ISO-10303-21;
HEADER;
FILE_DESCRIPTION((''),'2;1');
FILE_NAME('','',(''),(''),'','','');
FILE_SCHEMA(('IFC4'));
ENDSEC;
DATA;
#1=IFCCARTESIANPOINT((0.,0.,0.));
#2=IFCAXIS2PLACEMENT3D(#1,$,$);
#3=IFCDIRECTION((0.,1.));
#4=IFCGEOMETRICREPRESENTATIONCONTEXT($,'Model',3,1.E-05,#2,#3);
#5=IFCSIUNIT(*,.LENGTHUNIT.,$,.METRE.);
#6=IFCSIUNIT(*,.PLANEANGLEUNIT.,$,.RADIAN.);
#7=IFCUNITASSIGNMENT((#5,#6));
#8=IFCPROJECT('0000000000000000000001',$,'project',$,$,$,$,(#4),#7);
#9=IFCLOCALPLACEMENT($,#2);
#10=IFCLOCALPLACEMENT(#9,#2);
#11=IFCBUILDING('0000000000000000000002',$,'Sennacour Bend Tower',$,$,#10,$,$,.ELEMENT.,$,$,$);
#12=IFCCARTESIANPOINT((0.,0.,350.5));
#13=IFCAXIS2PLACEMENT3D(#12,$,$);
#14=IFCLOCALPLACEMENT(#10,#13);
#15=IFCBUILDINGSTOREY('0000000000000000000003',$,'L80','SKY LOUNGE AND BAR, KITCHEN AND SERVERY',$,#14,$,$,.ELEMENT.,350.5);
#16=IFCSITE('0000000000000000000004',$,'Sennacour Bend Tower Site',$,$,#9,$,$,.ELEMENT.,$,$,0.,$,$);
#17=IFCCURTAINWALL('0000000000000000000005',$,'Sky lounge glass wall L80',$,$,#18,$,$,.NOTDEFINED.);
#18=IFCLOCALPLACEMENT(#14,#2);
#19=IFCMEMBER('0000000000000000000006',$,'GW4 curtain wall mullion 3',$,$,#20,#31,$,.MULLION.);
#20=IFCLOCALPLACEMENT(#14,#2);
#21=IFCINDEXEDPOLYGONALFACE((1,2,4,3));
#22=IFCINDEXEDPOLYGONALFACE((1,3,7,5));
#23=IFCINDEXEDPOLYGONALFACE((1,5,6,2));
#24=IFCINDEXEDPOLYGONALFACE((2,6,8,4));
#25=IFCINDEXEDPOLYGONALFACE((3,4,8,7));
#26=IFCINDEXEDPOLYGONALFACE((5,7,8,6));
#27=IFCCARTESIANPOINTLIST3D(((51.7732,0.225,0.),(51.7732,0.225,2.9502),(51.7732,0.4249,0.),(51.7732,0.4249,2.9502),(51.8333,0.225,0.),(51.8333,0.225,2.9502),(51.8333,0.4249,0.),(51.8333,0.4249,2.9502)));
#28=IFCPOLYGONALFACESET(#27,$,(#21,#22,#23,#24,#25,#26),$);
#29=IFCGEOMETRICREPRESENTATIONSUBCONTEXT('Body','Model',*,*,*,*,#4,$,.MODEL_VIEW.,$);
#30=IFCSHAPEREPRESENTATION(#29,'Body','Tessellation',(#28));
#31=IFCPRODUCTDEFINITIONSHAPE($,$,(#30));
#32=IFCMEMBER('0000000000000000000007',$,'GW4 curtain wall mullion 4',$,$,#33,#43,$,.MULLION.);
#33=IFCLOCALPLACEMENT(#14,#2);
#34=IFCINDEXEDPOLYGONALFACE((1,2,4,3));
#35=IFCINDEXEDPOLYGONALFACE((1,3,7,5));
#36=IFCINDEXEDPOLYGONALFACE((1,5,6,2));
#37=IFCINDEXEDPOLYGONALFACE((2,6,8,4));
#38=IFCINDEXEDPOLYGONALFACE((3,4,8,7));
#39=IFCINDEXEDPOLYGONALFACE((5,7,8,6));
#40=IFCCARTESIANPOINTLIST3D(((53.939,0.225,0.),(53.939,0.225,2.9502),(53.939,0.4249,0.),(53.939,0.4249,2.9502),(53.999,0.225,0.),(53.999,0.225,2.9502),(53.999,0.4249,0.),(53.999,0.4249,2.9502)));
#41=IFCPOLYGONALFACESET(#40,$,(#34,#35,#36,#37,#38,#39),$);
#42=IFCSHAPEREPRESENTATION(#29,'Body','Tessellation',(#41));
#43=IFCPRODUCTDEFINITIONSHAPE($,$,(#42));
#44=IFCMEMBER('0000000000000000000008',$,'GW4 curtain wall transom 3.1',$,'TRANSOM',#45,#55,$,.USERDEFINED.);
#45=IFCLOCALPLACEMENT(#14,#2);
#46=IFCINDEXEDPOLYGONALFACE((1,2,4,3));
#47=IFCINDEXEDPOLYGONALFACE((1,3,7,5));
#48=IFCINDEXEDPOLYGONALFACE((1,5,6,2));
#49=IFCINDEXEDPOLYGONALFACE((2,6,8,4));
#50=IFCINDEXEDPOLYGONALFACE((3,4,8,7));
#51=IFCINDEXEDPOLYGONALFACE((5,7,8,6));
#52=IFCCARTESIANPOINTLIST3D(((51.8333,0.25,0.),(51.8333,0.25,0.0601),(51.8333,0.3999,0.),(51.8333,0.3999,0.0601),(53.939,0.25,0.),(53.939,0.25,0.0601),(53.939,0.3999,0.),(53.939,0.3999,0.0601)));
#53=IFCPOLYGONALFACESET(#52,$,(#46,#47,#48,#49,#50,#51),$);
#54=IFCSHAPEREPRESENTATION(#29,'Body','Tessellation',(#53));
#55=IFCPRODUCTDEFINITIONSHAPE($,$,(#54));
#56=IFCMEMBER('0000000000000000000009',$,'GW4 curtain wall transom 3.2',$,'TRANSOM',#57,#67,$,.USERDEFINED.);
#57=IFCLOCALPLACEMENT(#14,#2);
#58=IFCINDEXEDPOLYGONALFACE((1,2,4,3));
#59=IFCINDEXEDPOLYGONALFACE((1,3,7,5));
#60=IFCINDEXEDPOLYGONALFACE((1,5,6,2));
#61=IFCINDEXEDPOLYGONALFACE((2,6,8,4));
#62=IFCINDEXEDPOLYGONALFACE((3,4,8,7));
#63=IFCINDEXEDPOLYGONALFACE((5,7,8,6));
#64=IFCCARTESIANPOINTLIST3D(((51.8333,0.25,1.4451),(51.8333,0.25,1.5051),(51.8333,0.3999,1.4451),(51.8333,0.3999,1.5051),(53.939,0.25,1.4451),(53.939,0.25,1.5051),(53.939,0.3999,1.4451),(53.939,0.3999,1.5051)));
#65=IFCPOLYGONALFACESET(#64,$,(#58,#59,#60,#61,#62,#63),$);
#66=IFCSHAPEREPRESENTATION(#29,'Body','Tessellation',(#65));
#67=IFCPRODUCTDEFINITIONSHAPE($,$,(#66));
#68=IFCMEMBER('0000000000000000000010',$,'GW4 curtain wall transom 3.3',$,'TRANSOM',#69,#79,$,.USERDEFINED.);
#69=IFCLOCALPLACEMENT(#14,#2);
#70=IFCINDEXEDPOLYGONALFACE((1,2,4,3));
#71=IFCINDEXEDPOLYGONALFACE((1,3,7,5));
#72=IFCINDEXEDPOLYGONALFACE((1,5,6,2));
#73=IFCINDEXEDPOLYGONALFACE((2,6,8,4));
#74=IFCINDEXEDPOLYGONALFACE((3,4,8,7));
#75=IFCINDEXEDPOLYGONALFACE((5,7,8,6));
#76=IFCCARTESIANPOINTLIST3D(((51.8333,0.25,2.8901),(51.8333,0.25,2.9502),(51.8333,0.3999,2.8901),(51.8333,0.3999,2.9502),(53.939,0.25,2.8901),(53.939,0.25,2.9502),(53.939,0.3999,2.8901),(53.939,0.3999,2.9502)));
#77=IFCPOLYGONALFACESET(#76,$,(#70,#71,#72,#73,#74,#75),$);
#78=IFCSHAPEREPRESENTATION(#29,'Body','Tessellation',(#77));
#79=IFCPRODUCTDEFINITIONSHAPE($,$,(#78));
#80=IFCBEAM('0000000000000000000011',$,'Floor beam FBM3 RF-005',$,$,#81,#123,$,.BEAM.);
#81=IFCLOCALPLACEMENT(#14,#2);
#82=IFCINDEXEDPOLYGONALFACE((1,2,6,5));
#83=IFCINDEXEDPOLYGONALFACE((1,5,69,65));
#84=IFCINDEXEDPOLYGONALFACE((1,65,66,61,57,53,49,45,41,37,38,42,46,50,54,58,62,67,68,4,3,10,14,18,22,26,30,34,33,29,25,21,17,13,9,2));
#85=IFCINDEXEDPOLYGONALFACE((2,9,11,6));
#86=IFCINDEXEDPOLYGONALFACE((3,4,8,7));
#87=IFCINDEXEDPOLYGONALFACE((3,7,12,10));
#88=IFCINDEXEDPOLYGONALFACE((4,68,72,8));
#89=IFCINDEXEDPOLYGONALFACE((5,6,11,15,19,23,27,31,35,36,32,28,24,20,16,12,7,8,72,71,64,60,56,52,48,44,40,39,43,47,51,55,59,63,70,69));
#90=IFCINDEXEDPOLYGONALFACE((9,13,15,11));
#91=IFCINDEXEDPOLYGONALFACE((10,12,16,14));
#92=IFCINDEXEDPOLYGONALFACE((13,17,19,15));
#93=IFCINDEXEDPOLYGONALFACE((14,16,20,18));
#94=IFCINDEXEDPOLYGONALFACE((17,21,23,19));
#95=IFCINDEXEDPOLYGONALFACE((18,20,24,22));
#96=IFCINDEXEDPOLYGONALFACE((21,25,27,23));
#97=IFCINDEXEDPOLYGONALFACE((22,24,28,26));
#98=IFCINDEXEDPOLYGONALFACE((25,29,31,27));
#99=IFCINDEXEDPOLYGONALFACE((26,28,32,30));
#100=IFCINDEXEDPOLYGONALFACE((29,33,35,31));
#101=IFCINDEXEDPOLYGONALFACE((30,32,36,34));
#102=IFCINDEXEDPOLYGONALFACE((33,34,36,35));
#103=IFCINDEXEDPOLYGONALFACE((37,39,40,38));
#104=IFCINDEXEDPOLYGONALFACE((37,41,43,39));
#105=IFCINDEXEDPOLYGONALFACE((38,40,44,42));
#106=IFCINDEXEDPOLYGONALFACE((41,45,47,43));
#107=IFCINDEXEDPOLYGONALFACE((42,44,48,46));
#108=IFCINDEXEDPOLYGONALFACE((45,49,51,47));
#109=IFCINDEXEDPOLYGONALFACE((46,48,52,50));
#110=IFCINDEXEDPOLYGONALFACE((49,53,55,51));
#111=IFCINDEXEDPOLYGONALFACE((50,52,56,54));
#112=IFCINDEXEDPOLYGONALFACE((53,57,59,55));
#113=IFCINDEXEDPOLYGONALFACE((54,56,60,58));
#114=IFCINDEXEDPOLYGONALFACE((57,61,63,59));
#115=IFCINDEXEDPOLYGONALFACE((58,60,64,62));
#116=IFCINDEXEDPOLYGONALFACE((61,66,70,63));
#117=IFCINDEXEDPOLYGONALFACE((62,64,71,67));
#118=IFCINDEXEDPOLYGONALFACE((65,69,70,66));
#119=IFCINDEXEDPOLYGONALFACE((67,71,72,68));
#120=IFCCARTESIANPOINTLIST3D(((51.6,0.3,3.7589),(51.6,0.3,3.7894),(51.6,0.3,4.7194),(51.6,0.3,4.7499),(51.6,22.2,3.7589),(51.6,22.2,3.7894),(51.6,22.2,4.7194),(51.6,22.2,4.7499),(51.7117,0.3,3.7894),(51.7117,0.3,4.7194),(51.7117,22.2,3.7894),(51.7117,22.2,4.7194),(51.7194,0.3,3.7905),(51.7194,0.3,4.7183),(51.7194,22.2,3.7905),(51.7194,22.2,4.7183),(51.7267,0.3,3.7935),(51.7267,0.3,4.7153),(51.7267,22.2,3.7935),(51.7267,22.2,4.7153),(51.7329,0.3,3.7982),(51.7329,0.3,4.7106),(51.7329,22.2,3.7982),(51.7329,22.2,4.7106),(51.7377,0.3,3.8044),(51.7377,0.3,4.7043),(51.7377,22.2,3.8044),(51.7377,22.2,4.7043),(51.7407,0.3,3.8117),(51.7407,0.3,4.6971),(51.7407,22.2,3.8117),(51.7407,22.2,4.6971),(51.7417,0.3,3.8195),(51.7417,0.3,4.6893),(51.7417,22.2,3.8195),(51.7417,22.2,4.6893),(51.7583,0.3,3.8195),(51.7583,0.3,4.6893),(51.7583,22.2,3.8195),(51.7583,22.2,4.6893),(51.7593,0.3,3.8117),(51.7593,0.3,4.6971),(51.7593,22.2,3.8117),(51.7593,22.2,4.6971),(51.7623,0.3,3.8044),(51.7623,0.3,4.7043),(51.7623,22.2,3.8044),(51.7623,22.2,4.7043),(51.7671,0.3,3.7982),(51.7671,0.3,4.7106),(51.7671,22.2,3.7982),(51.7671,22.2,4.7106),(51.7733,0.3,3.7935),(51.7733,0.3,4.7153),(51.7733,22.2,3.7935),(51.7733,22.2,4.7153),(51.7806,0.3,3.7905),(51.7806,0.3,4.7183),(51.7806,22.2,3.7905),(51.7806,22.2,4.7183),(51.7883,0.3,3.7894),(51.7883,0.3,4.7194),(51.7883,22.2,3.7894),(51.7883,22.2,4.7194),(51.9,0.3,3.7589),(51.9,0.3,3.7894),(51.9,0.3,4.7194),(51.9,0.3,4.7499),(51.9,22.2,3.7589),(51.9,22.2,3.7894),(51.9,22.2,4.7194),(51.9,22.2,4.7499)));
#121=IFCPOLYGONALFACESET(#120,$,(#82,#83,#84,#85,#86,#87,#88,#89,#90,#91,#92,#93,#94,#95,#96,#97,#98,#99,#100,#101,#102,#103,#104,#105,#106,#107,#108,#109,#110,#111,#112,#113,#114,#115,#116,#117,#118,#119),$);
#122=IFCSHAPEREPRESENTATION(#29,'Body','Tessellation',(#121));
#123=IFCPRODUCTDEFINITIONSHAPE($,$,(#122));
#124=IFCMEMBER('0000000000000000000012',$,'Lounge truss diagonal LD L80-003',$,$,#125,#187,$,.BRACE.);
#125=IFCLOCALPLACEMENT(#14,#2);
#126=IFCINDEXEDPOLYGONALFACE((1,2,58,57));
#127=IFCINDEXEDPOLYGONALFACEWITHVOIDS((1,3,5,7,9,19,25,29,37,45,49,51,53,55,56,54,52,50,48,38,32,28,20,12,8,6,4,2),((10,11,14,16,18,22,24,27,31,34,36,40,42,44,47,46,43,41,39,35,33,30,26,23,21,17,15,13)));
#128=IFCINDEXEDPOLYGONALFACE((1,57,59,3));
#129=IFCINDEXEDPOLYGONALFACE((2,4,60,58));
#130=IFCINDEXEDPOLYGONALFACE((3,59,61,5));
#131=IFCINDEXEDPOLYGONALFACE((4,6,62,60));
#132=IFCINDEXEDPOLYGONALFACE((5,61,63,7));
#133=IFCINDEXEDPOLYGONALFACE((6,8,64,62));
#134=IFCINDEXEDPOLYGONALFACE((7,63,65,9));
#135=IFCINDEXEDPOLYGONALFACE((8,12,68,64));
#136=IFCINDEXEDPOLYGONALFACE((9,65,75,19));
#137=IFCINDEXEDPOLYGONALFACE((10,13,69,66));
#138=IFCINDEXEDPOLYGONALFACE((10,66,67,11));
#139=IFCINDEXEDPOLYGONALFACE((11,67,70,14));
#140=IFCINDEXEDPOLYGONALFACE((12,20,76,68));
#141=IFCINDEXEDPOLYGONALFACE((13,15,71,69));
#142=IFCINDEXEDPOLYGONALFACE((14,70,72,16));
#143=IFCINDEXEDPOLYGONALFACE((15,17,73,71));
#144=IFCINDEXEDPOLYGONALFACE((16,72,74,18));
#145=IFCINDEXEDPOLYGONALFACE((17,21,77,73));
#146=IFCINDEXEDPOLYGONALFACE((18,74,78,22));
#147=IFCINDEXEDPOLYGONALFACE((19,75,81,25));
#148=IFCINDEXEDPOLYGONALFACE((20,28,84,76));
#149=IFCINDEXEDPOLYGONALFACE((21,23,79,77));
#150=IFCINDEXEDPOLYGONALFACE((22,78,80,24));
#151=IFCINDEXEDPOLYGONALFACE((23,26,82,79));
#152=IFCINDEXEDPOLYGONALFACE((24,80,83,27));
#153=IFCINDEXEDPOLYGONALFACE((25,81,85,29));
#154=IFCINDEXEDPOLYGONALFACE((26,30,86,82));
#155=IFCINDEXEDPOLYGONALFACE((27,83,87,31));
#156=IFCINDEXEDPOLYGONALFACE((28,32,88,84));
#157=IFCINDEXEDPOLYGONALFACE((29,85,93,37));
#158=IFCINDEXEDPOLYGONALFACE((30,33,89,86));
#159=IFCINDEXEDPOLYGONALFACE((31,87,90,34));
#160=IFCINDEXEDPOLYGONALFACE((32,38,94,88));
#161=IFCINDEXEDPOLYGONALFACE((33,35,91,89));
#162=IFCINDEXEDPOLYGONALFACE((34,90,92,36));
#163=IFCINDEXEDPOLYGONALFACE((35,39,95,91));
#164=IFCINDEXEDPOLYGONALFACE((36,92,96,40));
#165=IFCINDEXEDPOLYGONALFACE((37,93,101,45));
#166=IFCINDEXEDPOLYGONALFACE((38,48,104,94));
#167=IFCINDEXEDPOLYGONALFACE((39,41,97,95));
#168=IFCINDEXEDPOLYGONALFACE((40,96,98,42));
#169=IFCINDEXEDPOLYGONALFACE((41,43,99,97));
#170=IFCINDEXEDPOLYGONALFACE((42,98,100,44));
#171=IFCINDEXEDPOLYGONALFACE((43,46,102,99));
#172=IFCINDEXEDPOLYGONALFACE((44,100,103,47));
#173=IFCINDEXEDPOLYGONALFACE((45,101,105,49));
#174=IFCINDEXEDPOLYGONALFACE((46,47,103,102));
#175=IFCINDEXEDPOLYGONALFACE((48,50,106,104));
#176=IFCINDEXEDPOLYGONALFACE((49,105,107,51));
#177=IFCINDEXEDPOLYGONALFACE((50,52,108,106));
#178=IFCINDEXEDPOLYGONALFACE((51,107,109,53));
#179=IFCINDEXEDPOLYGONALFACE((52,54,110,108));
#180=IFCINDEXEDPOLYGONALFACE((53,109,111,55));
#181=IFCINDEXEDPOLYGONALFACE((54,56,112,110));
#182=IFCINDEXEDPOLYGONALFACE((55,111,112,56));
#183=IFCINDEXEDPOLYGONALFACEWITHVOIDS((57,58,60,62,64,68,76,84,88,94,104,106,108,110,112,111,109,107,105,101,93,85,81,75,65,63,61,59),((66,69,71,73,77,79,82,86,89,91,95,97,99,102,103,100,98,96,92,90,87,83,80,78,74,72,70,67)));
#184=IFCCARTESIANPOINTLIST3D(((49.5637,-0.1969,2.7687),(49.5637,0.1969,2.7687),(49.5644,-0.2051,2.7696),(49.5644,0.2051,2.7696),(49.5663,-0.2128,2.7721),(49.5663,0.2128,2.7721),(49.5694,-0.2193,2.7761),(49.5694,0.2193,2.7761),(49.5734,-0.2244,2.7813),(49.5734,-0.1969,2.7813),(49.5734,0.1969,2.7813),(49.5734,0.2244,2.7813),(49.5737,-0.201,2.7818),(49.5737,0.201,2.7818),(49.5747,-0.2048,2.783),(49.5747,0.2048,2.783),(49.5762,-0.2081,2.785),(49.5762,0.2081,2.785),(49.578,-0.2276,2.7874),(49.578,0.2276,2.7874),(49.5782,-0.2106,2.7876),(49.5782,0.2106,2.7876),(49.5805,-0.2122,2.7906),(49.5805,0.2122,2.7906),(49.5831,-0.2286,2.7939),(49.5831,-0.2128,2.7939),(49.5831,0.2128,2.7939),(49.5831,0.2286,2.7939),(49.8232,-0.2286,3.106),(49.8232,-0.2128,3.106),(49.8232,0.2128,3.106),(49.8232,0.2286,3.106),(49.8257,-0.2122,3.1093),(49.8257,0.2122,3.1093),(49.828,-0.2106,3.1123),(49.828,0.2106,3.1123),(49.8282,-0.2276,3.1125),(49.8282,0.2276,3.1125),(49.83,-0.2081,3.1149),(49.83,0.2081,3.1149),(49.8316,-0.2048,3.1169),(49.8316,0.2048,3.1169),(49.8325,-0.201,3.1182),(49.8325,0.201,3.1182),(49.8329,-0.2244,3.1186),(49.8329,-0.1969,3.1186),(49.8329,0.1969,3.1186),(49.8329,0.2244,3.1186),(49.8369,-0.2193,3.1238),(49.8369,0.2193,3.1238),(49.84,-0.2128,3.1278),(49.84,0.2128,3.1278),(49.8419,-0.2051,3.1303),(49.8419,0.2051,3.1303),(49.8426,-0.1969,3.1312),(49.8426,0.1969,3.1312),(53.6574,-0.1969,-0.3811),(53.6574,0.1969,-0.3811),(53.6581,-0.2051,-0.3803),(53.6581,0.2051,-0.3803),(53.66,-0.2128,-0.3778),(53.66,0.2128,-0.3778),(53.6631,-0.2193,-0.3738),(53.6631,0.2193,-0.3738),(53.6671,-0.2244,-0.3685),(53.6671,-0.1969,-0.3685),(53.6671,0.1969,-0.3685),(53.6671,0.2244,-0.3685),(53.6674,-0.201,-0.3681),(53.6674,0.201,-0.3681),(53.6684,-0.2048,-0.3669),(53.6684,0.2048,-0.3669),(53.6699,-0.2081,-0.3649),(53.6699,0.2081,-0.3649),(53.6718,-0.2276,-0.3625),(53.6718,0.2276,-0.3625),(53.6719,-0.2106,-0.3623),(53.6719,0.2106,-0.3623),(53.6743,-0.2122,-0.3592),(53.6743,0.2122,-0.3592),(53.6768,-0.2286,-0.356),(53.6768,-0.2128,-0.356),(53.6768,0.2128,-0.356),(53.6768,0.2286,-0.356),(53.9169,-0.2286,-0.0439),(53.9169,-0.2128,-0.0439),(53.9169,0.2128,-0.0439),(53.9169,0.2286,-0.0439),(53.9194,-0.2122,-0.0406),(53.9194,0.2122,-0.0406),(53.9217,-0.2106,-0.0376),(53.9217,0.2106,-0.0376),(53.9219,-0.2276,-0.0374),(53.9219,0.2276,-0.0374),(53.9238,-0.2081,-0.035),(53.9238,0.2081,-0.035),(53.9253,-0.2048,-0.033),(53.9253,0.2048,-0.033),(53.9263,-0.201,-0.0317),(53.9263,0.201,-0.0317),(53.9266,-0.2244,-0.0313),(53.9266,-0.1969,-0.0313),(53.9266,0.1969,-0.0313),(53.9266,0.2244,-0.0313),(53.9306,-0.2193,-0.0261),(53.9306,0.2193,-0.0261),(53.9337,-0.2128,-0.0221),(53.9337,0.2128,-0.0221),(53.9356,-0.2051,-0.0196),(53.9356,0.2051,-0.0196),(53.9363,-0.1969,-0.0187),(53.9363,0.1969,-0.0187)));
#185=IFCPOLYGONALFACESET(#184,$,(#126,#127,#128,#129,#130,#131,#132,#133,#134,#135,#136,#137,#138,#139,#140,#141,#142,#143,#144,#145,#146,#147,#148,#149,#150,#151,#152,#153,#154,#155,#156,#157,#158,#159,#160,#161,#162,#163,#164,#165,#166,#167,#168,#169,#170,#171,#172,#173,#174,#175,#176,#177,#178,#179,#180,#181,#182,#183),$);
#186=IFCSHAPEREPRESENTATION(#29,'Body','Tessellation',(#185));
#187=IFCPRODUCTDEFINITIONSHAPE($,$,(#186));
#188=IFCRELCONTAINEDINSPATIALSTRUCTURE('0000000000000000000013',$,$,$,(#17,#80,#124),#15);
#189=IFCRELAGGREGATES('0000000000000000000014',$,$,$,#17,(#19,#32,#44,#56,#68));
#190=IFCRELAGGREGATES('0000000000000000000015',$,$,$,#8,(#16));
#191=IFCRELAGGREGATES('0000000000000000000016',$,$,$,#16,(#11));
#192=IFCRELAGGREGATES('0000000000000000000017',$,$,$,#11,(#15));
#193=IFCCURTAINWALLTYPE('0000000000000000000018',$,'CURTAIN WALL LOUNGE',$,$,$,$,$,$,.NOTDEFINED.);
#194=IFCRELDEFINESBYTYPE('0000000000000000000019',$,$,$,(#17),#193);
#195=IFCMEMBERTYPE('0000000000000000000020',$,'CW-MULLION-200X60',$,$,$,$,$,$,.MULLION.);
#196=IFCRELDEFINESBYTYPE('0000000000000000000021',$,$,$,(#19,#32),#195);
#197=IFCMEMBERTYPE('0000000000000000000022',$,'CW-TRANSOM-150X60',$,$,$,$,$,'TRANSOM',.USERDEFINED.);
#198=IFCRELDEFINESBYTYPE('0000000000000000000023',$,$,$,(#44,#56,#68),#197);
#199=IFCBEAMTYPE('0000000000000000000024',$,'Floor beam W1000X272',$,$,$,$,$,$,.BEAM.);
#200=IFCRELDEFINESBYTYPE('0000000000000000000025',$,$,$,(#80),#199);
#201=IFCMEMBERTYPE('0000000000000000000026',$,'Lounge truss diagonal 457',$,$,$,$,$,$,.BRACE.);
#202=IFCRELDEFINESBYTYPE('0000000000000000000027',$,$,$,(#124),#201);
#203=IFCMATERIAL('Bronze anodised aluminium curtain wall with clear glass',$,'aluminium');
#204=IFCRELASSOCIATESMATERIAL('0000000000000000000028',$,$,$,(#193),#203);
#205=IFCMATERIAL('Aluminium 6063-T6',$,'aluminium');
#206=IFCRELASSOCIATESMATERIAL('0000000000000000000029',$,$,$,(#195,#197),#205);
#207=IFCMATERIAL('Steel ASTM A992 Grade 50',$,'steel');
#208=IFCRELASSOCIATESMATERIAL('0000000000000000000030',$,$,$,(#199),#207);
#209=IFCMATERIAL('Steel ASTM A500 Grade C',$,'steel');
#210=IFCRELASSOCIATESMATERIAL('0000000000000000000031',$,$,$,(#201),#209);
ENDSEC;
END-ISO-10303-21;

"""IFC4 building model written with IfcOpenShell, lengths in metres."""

from ifc_helpers import new_model, si_unit, direction, frame, origin, origin_2d, place, context, subcontext, project, spatial, rectangle, hollow_rectangle, i_section, extrude, material, material_profile, profile_set, type_object, element, aggregate, save


model = new_model("IFC4")

# Units and contexts
model_context = context("Model", 3, precision=1e-05, world=origin(), true_north=direction((0.0, 1.0)))
body_context = subcontext(model_context, "Body", "Model", "MODEL_VIEW")
ifc_project = project(units=[si_unit("LENGTHUNIT", "METRE"), si_unit("PLANEANGLEUNIT", "RADIAN")], contexts=[model_context])

# Site, building, storey
site_placement = place(None, origin())
site = spatial("IfcSite", under=ifc_project, at=site_placement, Name="Sennacour Bend Tower Site", CompositionType="ELEMENT", RefElevation=0.0)
building_placement = place(site_placement, origin())
building = spatial("IfcBuilding", under=site, at=building_placement, Name="Sennacour Bend Tower", CompositionType="ELEMENT")
storey_placement = place(building_placement, frame((0.0, 0.0, 350.5)))
storey = spatial("IfcBuildingStorey", under=building, at=storey_placement, Name="L80", Description="SKY LOUNGE AND BAR, KITCHEN AND SERVERY", CompositionType="ELEMENT", Elevation=350.5)

# Curtain wall, members
ifc_material_1 = material(Name="Bronze anodised aluminium curtain wall with clear glass", Category="aluminium")
curtain_wall_type = type_object("IfcCurtainWallType", Name="CURTAIN WALL LOUNGE", PredefinedType="NOTDEFINED", material=ifc_material_1)
curtain_wall_placement = place(storey_placement, origin())
curtain_wall = element("IfcCurtainWall", 1, at=curtain_wall_placement, inside=storey, type_object=curtain_wall_type, Name="Sky lounge glass wall L80", PredefinedType="NOTDEFINED")
ifc_material_2 = material(Name="Aluminium 6063-T6", Category="aluminium")
ifc_material_profile_1 = material_profile(ifc_material_2, rectangle(XDim=0.2, YDim=0.0601, at=origin_2d()), Name="Aluminium 6063-T6", Category="aluminium")
ifc_profile_set_1 = profile_set([ifc_material_profile_1], Name="Aluminium 6063-T6")
member_type_1 = type_object("IfcMemberType", Name="CW-MULLION-200X60", PredefinedType="MULLION", material=ifc_profile_set_1)
member_1_placement = place(storey_placement, frame((51.8032, 0.325, 0.0), z_axis=(0.0, 0.0, 1.0), x_axis=(0.0, 1.0, 0.0)))
member_1 = element("IfcMember", 2, at=member_1_placement, type_object=member_type_1, Name="GW4 curtain wall mullion 3", PredefinedType="MULLION", context=body_context, shape_type="SweptSolid", body=[
    extrude(rectangle(XDim=0.2, YDim=0.0601, at=origin_2d()), origin(), (0.0, 0.0, 1.0), 2.9502),
])
member_2_placement = place(storey_placement, frame((53.969, 0.325, 0.0), z_axis=(0.0, 0.0, 1.0), x_axis=(0.0, 1.0, 0.0)))
member_2 = element("IfcMember", 3, at=member_2_placement, type_object=member_type_1, Name="GW4 curtain wall mullion 4", PredefinedType="MULLION", context=body_context, shape_type="SweptSolid", body=[
    extrude(rectangle(XDim=0.2, YDim=0.0601, at=origin_2d()), origin(), (0.0, 0.0, 1.0), 2.9502),
])
ifc_material_profile_2 = material_profile(ifc_material_2, rectangle(XDim=0.1499, YDim=0.0601, at=origin_2d()), Name="Aluminium 6063-T6", Category="aluminium")
ifc_profile_set_2 = profile_set([ifc_material_profile_2], Name="Aluminium 6063-T6")
member_type_2 = type_object("IfcMemberType", Name="CW-TRANSOM-150X60", ElementType="TRANSOM", PredefinedType="USERDEFINED", material=ifc_profile_set_2)
member_3_placement = place(storey_placement, frame((51.8333, 0.325, 0.03), z_axis=(1.0, 0.0, 0.0), x_axis=(0.0, 1.0, 0.0)))
member_3 = element("IfcMember", 4, at=member_3_placement, type_object=member_type_2, Name="GW4 curtain wall transom 3.1", ObjectType="TRANSOM", PredefinedType="USERDEFINED", context=body_context, shape_type="SweptSolid", body=[
    extrude(rectangle(XDim=0.1499, YDim=0.0601, at=origin_2d()), origin(), (0.0, 0.0, 1.0), 2.1057),
])
member_4_placement = place(storey_placement, frame((51.8333, 0.325, 1.4751), z_axis=(1.0, 0.0, 0.0), x_axis=(0.0, 1.0, 0.0)))
member_4 = element("IfcMember", 5, at=member_4_placement, type_object=member_type_2, Name="GW4 curtain wall transom 3.2", ObjectType="TRANSOM", PredefinedType="USERDEFINED", context=body_context, shape_type="SweptSolid", body=[
    extrude(rectangle(XDim=0.1499, YDim=0.0601, at=origin_2d()), origin(), (0.0, 0.0, 1.0), 2.1057),
])
member_5_placement = place(storey_placement, frame((51.8333, 0.325, 2.9202), z_axis=(1.0, 0.0, 0.0), x_axis=(0.0, 1.0, 0.0)))
member_5 = element("IfcMember", 6, at=member_5_placement, type_object=member_type_2, Name="GW4 curtain wall transom 3.3", ObjectType="TRANSOM", PredefinedType="USERDEFINED", context=body_context, shape_type="SweptSolid", body=[
    extrude(rectangle(XDim=0.1499, YDim=0.0601, at=origin_2d()), origin(), (0.0, 0.0, 1.0), 2.1057),
])

# Beam
ifc_material_3 = material(Name="Steel ASTM A992 Grade 50", Category="steel")
ifc_material_profile_3 = material_profile(ifc_material_3, i_section(OverallWidth=0.3, OverallDepth=0.991, WebThickness=0.0166, FlangeThickness=0.0305, FilletRadius=0.03, at=origin_2d()), Name="Steel ASTM A992 Grade 50", Category="steel")
ifc_profile_set_3 = profile_set([ifc_material_profile_3], Name="Steel ASTM A992 Grade 50")
beam_type = type_object("IfcBeamType", Name="Floor beam W1000X272", PredefinedType="BEAM", material=ifc_profile_set_3)
beam_placement = place(storey_placement, frame((51.75, 0.3, 4.2544), z_axis=(0.0, 1.0, 0.0), x_axis=(-1.0, 0.0, 0.0)))
element("IfcBeam", 7, at=beam_placement, inside=storey, type_object=beam_type, Name="Floor beam FBM3 RF-005", PredefinedType="BEAM", context=body_context, shape_type="SweptSolid", body=[
    extrude(i_section(OverallWidth=0.3, OverallDepth=0.991, WebThickness=0.0166, FlangeThickness=0.0305, FilletRadius=0.03, at=origin_2d()), origin(), (0.0, 0.0, 1.0), 21.8999),
])

# Member
ifc_material_4 = material(Name="Steel ASTM A500 Grade C", Category="steel")
ifc_material_profile_4 = material_profile(ifc_material_4, hollow_rectangle(XDim=0.4573, YDim=0.4573, WallThickness=0.0159, InnerFilletRadius=0.0159, OuterFilletRadius=0.0317, at=origin_2d()), Name="Steel ASTM A500 Grade C", Category="steel")
ifc_profile_set_4 = profile_set([ifc_material_profile_4], Name="Steel ASTM A500 Grade C")
member_type_3 = type_object("IfcMemberType", Name="Lounge truss diagonal 457", PredefinedType="BRACE", material=ifc_profile_set_4)
member_6_placement = place(storey_placement, frame((49.7031, 0.0, 2.95), z_axis=(0.792543, 0.0, -0.609816), x_axis=(0.0, 1.0, 0.0)))
element("IfcMember", 8, at=member_6_placement, inside=storey, type_object=member_type_3, Name="Lounge truss diagonal LD L80-003", PredefinedType="BRACE", context=body_context, shape_type="SweptSolid", body=[
    extrude(hollow_rectangle(XDim=0.4573, YDim=0.4573, WallThickness=0.0159, InnerFilletRadius=0.0159, OuterFilletRadius=0.0317, at=origin_2d()), origin(), (0.0, 0.0, 1.0), 5.1653),
])

aggregate(curtain_wall, [member_1, member_2, member_3, member_4, member_5])

save(model, "model.ifc")
